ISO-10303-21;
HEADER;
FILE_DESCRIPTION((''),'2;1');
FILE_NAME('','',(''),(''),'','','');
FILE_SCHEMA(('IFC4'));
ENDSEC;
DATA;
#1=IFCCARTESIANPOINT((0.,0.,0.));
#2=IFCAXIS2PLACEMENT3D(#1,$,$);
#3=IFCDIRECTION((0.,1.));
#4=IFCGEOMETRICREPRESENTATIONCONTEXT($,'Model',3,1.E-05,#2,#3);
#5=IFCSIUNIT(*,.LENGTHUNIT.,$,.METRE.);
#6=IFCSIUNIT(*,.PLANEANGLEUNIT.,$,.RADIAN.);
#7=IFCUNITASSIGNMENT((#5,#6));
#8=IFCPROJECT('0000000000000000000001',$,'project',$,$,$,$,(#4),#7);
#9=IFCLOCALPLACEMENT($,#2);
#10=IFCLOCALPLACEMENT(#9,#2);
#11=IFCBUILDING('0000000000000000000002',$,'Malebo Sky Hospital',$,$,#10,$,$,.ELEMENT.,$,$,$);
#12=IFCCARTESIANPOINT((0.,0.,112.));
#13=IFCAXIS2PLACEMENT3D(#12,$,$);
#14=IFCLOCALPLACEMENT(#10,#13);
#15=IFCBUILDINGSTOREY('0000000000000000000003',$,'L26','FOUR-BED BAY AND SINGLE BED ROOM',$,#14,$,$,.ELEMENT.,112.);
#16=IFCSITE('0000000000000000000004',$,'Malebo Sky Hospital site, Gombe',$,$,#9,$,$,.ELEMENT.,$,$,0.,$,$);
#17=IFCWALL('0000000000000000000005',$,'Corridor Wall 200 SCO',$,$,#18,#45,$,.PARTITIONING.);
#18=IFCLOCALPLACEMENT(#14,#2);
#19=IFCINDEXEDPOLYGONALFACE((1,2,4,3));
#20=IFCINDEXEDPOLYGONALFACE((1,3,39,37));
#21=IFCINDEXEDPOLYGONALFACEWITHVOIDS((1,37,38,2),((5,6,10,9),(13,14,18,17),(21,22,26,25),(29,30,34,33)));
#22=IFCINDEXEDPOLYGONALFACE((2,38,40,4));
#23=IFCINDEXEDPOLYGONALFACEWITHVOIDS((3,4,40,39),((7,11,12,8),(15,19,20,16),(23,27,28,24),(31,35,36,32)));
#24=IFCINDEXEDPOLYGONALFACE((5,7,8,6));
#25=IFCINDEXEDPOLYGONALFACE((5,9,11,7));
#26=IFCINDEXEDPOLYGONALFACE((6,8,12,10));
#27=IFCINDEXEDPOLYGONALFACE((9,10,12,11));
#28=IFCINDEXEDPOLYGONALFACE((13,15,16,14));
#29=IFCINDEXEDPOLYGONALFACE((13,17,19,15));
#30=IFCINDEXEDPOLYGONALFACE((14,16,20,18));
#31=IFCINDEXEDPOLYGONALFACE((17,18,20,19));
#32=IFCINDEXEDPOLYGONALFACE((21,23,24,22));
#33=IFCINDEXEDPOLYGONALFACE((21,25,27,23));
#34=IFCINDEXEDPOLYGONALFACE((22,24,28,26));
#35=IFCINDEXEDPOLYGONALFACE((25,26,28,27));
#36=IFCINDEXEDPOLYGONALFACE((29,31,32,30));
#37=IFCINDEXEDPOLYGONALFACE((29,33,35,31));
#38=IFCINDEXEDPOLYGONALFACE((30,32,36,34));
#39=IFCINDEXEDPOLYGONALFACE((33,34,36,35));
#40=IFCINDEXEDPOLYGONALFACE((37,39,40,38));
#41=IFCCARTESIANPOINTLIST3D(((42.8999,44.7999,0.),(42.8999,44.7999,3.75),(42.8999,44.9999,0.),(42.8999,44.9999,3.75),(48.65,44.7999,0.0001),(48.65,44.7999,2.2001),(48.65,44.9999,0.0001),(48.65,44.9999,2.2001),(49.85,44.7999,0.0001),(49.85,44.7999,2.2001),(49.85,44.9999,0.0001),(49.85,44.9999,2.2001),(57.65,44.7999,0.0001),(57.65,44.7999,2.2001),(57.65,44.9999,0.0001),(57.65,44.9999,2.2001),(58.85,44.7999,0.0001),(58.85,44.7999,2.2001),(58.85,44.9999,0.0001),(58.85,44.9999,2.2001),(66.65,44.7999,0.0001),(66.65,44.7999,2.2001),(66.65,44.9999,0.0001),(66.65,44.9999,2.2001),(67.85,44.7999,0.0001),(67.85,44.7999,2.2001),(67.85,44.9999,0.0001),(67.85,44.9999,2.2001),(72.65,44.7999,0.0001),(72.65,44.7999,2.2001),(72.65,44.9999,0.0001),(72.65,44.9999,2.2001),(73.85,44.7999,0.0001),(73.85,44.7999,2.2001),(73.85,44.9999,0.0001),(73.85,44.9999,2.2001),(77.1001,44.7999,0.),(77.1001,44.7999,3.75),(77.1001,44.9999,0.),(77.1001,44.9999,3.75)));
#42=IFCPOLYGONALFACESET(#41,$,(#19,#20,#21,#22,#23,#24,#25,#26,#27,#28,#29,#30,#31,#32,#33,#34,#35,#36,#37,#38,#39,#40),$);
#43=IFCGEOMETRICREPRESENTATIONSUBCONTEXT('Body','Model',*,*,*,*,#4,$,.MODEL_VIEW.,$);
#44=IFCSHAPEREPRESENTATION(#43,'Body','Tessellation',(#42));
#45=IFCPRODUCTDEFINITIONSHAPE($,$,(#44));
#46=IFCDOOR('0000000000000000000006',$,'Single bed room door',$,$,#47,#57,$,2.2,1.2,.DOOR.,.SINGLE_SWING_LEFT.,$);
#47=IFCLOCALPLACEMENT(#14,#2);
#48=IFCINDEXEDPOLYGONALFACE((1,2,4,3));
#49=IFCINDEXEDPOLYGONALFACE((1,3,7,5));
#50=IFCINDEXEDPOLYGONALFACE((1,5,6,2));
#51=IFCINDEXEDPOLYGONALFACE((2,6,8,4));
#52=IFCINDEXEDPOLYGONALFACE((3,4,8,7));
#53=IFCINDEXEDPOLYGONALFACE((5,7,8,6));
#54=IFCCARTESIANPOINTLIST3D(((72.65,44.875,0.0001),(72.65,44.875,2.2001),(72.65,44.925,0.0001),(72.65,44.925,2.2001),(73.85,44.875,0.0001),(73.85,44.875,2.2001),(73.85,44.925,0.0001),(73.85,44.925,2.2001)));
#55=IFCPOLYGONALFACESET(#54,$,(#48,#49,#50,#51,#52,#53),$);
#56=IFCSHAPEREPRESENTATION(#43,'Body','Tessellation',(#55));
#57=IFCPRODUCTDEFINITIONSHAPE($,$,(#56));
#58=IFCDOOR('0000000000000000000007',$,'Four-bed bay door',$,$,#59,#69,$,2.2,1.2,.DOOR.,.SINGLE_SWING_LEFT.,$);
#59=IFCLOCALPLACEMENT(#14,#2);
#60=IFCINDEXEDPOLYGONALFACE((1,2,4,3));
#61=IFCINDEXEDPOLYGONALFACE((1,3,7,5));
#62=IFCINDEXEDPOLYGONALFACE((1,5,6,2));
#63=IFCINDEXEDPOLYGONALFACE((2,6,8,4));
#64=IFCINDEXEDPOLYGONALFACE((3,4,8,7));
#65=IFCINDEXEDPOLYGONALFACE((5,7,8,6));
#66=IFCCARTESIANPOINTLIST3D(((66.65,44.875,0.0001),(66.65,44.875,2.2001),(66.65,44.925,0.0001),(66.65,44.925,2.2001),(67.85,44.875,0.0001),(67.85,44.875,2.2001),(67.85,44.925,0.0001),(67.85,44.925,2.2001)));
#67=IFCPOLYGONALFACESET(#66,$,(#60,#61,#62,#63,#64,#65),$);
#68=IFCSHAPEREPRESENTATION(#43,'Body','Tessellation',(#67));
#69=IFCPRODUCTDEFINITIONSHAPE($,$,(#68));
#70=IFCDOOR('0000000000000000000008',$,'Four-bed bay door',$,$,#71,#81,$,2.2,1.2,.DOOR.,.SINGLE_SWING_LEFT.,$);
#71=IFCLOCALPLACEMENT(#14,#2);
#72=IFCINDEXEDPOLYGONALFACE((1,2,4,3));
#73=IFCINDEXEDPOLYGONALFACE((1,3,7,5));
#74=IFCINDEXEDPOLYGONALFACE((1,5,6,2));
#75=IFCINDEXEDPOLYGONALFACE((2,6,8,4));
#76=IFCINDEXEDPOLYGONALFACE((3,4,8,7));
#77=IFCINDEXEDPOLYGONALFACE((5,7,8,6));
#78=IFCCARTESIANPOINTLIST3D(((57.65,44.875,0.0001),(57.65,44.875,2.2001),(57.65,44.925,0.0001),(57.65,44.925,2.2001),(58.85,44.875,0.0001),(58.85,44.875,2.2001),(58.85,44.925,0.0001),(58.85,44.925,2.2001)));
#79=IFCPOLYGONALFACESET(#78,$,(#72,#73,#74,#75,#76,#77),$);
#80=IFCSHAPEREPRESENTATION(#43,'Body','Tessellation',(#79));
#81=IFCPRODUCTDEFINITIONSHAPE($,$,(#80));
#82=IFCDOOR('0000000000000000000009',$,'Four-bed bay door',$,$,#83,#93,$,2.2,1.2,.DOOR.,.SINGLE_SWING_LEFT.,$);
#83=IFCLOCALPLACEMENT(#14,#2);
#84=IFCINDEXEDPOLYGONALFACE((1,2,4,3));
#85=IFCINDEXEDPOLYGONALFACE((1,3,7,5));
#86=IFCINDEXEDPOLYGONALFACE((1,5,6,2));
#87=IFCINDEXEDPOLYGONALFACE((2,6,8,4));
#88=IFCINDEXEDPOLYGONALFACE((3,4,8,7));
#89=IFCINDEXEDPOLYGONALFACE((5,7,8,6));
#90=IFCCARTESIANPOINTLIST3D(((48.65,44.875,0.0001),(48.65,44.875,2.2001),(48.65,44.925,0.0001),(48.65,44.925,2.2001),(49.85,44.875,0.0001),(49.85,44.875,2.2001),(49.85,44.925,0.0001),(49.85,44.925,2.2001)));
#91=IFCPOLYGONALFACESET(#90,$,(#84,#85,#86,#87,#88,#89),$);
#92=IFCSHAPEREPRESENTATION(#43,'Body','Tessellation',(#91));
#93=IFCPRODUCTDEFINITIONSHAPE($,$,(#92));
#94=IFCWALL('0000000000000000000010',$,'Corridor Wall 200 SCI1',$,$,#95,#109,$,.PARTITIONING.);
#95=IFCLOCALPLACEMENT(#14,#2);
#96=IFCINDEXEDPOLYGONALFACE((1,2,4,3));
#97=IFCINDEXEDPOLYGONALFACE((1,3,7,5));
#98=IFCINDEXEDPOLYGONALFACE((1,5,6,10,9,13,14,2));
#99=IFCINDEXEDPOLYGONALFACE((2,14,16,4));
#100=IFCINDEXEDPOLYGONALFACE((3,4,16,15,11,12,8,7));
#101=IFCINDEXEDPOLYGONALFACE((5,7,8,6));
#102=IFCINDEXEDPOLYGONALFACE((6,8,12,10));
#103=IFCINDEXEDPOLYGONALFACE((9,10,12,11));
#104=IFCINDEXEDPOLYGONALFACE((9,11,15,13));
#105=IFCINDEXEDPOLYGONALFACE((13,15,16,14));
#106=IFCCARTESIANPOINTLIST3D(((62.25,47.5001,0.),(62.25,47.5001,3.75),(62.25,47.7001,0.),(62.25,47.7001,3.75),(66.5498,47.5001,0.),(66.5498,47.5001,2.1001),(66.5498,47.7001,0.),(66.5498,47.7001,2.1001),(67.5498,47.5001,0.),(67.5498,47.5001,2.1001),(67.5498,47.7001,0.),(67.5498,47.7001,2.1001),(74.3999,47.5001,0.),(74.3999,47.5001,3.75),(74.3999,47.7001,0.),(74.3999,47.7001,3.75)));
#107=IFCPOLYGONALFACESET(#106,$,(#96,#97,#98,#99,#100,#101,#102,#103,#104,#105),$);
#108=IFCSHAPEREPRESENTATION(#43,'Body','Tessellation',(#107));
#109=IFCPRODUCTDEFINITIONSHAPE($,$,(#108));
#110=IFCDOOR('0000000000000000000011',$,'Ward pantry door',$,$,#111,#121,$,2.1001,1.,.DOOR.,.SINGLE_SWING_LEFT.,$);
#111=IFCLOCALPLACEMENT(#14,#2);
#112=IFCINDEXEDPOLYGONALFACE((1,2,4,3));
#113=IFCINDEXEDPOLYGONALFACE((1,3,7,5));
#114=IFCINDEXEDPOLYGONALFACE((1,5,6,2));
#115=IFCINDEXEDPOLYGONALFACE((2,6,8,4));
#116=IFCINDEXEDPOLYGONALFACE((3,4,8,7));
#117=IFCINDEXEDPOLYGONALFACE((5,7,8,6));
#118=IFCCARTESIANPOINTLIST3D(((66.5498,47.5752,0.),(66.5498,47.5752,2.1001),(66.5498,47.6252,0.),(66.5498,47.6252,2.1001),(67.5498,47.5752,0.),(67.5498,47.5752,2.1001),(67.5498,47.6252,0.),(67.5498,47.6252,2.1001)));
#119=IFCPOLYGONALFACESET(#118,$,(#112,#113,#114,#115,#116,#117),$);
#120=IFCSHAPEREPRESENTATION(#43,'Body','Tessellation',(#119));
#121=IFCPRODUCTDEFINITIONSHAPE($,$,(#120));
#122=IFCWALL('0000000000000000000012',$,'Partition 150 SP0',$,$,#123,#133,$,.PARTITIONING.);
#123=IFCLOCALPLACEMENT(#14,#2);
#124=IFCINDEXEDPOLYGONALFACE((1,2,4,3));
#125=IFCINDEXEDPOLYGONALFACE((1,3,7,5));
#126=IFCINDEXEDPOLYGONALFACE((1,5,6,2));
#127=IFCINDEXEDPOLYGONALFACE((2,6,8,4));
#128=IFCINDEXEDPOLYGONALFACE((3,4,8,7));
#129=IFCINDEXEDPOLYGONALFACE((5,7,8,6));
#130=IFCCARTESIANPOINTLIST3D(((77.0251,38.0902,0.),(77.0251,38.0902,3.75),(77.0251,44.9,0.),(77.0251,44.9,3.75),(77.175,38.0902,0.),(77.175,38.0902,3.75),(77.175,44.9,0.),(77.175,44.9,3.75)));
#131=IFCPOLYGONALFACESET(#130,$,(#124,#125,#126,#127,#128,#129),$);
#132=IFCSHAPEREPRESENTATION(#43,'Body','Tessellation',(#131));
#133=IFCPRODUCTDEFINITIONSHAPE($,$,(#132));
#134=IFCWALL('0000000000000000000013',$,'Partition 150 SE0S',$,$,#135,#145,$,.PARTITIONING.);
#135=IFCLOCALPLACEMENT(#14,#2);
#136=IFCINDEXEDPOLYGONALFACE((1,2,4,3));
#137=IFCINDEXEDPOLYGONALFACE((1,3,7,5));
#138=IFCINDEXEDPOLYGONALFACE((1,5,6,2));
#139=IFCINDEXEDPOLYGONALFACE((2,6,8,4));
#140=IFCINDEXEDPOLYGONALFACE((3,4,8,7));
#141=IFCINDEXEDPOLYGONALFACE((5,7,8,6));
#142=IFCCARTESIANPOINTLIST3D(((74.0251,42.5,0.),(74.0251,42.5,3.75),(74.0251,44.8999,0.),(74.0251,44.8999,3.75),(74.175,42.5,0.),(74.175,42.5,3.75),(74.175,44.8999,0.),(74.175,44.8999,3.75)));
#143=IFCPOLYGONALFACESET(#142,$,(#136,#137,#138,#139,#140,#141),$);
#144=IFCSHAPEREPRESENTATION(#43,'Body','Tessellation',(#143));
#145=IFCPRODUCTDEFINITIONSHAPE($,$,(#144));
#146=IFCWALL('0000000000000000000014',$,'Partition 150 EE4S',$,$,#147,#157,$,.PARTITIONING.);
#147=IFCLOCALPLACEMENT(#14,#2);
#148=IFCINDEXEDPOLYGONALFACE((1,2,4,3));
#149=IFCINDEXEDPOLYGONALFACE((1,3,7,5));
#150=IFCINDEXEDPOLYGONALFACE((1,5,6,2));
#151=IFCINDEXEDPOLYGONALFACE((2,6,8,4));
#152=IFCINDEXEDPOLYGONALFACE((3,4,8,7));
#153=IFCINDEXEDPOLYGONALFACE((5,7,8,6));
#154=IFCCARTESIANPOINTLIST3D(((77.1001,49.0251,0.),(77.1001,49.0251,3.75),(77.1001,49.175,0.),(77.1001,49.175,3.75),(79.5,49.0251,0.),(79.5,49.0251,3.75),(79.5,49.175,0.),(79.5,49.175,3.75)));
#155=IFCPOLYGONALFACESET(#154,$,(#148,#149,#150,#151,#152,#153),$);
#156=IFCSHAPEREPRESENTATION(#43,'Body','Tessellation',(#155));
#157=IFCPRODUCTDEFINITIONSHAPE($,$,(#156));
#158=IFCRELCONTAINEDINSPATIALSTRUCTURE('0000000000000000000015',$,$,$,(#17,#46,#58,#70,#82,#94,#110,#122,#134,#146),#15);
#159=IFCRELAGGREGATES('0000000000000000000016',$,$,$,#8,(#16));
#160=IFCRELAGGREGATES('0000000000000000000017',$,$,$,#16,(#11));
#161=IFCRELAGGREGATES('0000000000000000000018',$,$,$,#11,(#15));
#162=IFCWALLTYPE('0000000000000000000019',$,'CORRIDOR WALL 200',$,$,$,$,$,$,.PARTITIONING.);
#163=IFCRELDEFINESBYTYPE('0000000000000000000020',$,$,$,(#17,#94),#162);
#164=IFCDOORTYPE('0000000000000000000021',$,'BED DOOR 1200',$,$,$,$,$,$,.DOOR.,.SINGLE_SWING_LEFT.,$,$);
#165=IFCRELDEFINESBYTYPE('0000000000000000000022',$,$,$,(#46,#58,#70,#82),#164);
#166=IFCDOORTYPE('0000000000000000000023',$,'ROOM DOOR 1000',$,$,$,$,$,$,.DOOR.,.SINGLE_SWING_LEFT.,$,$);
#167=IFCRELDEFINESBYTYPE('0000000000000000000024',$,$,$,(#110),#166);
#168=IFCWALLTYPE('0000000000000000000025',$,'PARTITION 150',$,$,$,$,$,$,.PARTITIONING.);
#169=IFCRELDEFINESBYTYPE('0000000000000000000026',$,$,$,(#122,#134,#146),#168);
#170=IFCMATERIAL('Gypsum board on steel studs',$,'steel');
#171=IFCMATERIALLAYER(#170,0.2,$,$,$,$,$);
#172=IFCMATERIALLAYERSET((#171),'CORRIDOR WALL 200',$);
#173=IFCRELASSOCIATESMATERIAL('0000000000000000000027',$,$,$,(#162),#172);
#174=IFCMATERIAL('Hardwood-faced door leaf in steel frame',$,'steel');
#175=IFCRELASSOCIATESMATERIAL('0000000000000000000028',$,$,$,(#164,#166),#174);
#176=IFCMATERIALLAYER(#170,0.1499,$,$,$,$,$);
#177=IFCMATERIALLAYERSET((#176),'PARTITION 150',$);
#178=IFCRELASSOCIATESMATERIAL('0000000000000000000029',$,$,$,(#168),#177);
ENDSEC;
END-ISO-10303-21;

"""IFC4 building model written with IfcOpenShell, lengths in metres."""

from ifc_helpers import new_model, si_unit, direction, frame, frame_2d, origin, place, context, subcontext, project, spatial, rectangle, extrude, material, layer, layer_set, type_object, element, fill, save


model = new_model("IFC4")

# Units and contexts
model_context = context("Model", 3, precision=1e-05, world=origin(), true_north=direction((0.0, 1.0)))
body_context = subcontext(model_context, "Body", "Model", "MODEL_VIEW")
ifc_project = project(units=[si_unit("LENGTHUNIT", "METRE"), si_unit("PLANEANGLEUNIT", "RADIAN")], contexts=[model_context])

# Site, building, storey
site_placement = place(None, origin())
site = spatial("IfcSite", under=ifc_project, at=site_placement, Name="Malebo Sky Hospital site, Gombe", CompositionType="ELEMENT", RefElevation=0.0)
building_placement = place(site_placement, origin())
building = spatial("IfcBuilding", under=site, at=building_placement, Name="Malebo Sky Hospital", CompositionType="ELEMENT")
storey_placement = place(building_placement, frame((0.0, 0.0, 112.0)))
storey = spatial("IfcBuildingStorey", under=building, at=storey_placement, Name="L26", Description="FOUR-BED BAY AND SINGLE BED ROOM", CompositionType="ELEMENT", Elevation=112.0)

# Wall, openings, doors
ifc_material_1 = material(Name="Gypsum board on steel studs", Category="steel")
ifc_layer_1 = layer(ifc_material_1, 0.2)
ifc_layer_set_1 = layer_set([ifc_layer_1], Name="CORRIDOR WALL 200")
wall_type_1 = type_object("IfcWallType", Name="CORRIDOR WALL 200", PredefinedType="PARTITIONING", material=ifc_layer_set_1)
wall_1_placement = place(storey_placement, frame((77.1001, 44.8999, 0.0), z_axis=(0.0, 0.0, 1.0), x_axis=(-1.0, 0.0, 0.0)))
wall_1 = element("IfcWall", 1, at=wall_1_placement, inside=storey, type_object=wall_type_1, Name="Corridor Wall 200 SCO", PredefinedType="PARTITIONING", context=body_context, shape_type="SweptSolid", body=[
    extrude(rectangle(XDim=34.2002, YDim=0.2, at=frame_2d((17.1001, 0.0))), origin(), (0.0, 0.0, 1.0), 3.75),
])
opening_1_placement = place(wall_1_placement, frame((3.25, 0.0, 0.0)))
opening_1 = element("IfcOpeningElement", 2, at=opening_1_placement, cuts=wall_1, PredefinedType="OPENING", context=body_context, shape_type="SweptSolid", body=[
    extrude(rectangle(XDim=1.2, YDim=2.2, at=frame_2d((0.6001, 1.1001))), frame((0.0, 0.1099, 0.0), z_axis=(0.0, -1.0, 0.0), x_axis=(1.0, 0.0, 0.0)), (0.0, 0.0, 1.0), 0.22),
])
opening_2_placement = place(wall_1_placement, frame((9.25, 0.0, 0.0)))
opening_2 = element("IfcOpeningElement", 3, at=opening_2_placement, cuts=wall_1, PredefinedType="OPENING", context=body_context, shape_type="SweptSolid", body=[
    extrude(rectangle(XDim=1.2, YDim=2.2, at=frame_2d((0.6001, 1.1001))), frame((0.0, 0.1099, 0.0), z_axis=(0.0, -1.0, 0.0), x_axis=(1.0, 0.0, 0.0)), (0.0, 0.0, 1.0), 0.22),
])
opening_3_placement = place(wall_1_placement, frame((18.25, 0.0, 0.0)))
opening_3 = element("IfcOpeningElement", 4, at=opening_3_placement, cuts=wall_1, PredefinedType="OPENING", context=body_context, shape_type="SweptSolid", body=[
    extrude(rectangle(XDim=1.2, YDim=2.2, at=frame_2d((0.6001, 1.1001))), frame((0.0, 0.1099, 0.0), z_axis=(0.0, -1.0, 0.0), x_axis=(1.0, 0.0, 0.0)), (0.0, 0.0, 1.0), 0.22),
])
opening_4_placement = place(wall_1_placement, frame((27.25, 0.0, 0.0)))
opening_4 = element("IfcOpeningElement", 5, at=opening_4_placement, cuts=wall_1, PredefinedType="OPENING", context=body_context, shape_type="SweptSolid", body=[
    extrude(rectangle(XDim=1.2, YDim=2.2, at=frame_2d((0.6001, 1.1001))), frame((0.0, 0.1099, 0.0), z_axis=(0.0, -1.0, 0.0), x_axis=(1.0, 0.0, 0.0)), (0.0, 0.0, 1.0), 0.22),
])
ifc_material_2 = material(Name="Hardwood-faced door leaf in steel frame", Category="steel")
door_type_1 = type_object("IfcDoorType", Name="BED DOOR 1200", OperationType="SINGLE_SWING_LEFT", PredefinedType="DOOR", material=ifc_material_2)
door_1_placement = place(opening_1_placement, origin())
door_1 = element("IfcDoor", 6, at=door_1_placement, inside=storey, type_object=door_type_1, Name="Single bed room door", OperationType="SINGLE_SWING_LEFT", OverallHeight=2.2, OverallWidth=1.2, PredefinedType="DOOR", context=body_context, shape_type="SweptSolid", body=[
    extrude(rectangle(XDim=1.2, YDim=2.2, at=frame_2d((0.6001, 1.1001))), frame((0.0, 0.0249, 0.0), z_axis=(0.0, -1.0, 0.0), x_axis=(1.0, 0.0, 0.0)), (0.0, 0.0, 1.0), 0.05),
])
fill(opening_1, door_1)
door_2_placement = place(opening_2_placement, origin())
door_2 = element("IfcDoor", 7, at=door_2_placement, inside=storey, type_object=door_type_1, Name="Four-bed bay door", OperationType="SINGLE_SWING_LEFT", OverallHeight=2.2, OverallWidth=1.2, PredefinedType="DOOR", context=body_context, shape_type="SweptSolid", body=[
    extrude(rectangle(XDim=1.2, YDim=2.2, at=frame_2d((0.6001, 1.1001))), frame((0.0, 0.0249, 0.0), z_axis=(0.0, -1.0, 0.0), x_axis=(1.0, 0.0, 0.0)), (0.0, 0.0, 1.0), 0.05),
])
fill(opening_2, door_2)
door_3_placement = place(opening_3_placement, origin())
door_3 = element("IfcDoor", 8, at=door_3_placement, inside=storey, type_object=door_type_1, Name="Four-bed bay door", OperationType="SINGLE_SWING_LEFT", OverallHeight=2.2, OverallWidth=1.2, PredefinedType="DOOR", context=body_context, shape_type="SweptSolid", body=[
    extrude(rectangle(XDim=1.2, YDim=2.2, at=frame_2d((0.6001, 1.1001))), frame((0.0, 0.0249, 0.0), z_axis=(0.0, -1.0, 0.0), x_axis=(1.0, 0.0, 0.0)), (0.0, 0.0, 1.0), 0.05),
])
fill(opening_3, door_3)
door_4_placement = place(opening_4_placement, origin())
door_4 = element("IfcDoor", 9, at=door_4_placement, inside=storey, type_object=door_type_1, Name="Four-bed bay door", OperationType="SINGLE_SWING_LEFT", OverallHeight=2.2, OverallWidth=1.2, PredefinedType="DOOR", context=body_context, shape_type="SweptSolid", body=[
    extrude(rectangle(XDim=1.2, YDim=2.2, at=frame_2d((0.6001, 1.1001))), frame((0.0, 0.0249, 0.0), z_axis=(0.0, -1.0, 0.0), x_axis=(1.0, 0.0, 0.0)), (0.0, 0.0, 1.0), 0.05),
])
fill(opening_4, door_4)

# Wall, opening, door
wall_2_placement = place(storey_placement, frame((74.3999, 47.6001, 0.0), z_axis=(0.0, 0.0, 1.0), x_axis=(-1.0, 0.0, 0.0)))
wall_2 = element("IfcWall", 10, at=wall_2_placement, inside=storey, type_object=wall_type_1, Name="Corridor Wall 200 SCI1", PredefinedType="PARTITIONING", context=body_context, shape_type="SweptSolid", body=[
    extrude(rectangle(XDim=12.1499, YDim=0.2, at=frame_2d((6.075, 0.0))), origin(), (0.0, 0.0, 1.0), 3.75),
])
opening_5_placement = place(wall_2_placement, frame((6.8501, 0.0, 0.0)))
opening_5 = element("IfcOpeningElement", 11, at=opening_5_placement, cuts=wall_2, PredefinedType="OPENING", context=body_context, shape_type="SweptSolid", body=[
    extrude(rectangle(XDim=1.0, YDim=2.1001, at=frame_2d((0.5, 1.05))), frame((0.0, 0.1099, 0.0), z_axis=(0.0, -1.0, 0.0), x_axis=(1.0, 0.0, 0.0)), (0.0, 0.0, 1.0), 0.22),
])
door_type_2 = type_object("IfcDoorType", Name="ROOM DOOR 1000", OperationType="SINGLE_SWING_LEFT", PredefinedType="DOOR", material=ifc_material_2)
door_5_placement = place(opening_5_placement, origin())
door_5 = element("IfcDoor", 12, at=door_5_placement, inside=storey, type_object=door_type_2, Name="Ward pantry door", OperationType="SINGLE_SWING_LEFT", OverallHeight=2.1001, OverallWidth=1.0, PredefinedType="DOOR", context=body_context, shape_type="SweptSolid", body=[
    extrude(rectangle(XDim=1.0, YDim=2.1001, at=frame_2d((0.5, 1.05))), frame((0.0, 0.0249, 0.0), z_axis=(0.0, -1.0, 0.0), x_axis=(1.0, 0.0, 0.0)), (0.0, 0.0, 1.0), 0.05),
])
fill(opening_5, door_5)

# Walls
ifc_layer_2 = layer(ifc_material_1, 0.1499)
ifc_layer_set_2 = layer_set([ifc_layer_2], Name="PARTITION 150")
wall_type_2 = type_object("IfcWallType", Name="PARTITION 150", PredefinedType="PARTITIONING", material=ifc_layer_set_2)
wall_3_placement = place(storey_placement, frame((77.1001, 44.8999, 0.0), z_axis=(0.0, 0.0, 1.0), x_axis=(0.0, -1.0, 0.0)))
element("IfcWall", 13, at=wall_3_placement, inside=storey, type_object=wall_type_2, Name="Partition 150 SP0", PredefinedType="PARTITIONING", context=body_context, shape_type="SweptSolid", body=[
    extrude(rectangle(XDim=6.8098, YDim=0.1499, at=frame_2d((3.4048, 0.0))), origin(), (0.0, 0.0, 1.0), 3.75),
])
for number, where, z_axis, x_axis, name in (
    (14, (74.1001, 44.8999, 0.0), (0.0, 0.0, 1.0), (0.0, -1.0, 0.0), "Partition 150 SE0S"),
    (15, (77.1001, 49.1001, 0.0), (0.0, 0.0, 1.0), (1.0, 0.0, 0.0), "Partition 150 EE4S"),
):
    element("IfcWall", number, at=place(storey_placement, frame(where, z_axis=z_axis, x_axis=x_axis)), inside=storey, type_object=wall_type_2, Name=name, PredefinedType="PARTITIONING", context=body_context, shape_type="SweptSolid", body=[
        extrude(rectangle(XDim=2.3999, YDim=0.1499, at=frame_2d((1.2, 0.0))), origin(), (0.0, 0.0, 1.0), 3.75),
    ])

save(model, "model.ifc")
